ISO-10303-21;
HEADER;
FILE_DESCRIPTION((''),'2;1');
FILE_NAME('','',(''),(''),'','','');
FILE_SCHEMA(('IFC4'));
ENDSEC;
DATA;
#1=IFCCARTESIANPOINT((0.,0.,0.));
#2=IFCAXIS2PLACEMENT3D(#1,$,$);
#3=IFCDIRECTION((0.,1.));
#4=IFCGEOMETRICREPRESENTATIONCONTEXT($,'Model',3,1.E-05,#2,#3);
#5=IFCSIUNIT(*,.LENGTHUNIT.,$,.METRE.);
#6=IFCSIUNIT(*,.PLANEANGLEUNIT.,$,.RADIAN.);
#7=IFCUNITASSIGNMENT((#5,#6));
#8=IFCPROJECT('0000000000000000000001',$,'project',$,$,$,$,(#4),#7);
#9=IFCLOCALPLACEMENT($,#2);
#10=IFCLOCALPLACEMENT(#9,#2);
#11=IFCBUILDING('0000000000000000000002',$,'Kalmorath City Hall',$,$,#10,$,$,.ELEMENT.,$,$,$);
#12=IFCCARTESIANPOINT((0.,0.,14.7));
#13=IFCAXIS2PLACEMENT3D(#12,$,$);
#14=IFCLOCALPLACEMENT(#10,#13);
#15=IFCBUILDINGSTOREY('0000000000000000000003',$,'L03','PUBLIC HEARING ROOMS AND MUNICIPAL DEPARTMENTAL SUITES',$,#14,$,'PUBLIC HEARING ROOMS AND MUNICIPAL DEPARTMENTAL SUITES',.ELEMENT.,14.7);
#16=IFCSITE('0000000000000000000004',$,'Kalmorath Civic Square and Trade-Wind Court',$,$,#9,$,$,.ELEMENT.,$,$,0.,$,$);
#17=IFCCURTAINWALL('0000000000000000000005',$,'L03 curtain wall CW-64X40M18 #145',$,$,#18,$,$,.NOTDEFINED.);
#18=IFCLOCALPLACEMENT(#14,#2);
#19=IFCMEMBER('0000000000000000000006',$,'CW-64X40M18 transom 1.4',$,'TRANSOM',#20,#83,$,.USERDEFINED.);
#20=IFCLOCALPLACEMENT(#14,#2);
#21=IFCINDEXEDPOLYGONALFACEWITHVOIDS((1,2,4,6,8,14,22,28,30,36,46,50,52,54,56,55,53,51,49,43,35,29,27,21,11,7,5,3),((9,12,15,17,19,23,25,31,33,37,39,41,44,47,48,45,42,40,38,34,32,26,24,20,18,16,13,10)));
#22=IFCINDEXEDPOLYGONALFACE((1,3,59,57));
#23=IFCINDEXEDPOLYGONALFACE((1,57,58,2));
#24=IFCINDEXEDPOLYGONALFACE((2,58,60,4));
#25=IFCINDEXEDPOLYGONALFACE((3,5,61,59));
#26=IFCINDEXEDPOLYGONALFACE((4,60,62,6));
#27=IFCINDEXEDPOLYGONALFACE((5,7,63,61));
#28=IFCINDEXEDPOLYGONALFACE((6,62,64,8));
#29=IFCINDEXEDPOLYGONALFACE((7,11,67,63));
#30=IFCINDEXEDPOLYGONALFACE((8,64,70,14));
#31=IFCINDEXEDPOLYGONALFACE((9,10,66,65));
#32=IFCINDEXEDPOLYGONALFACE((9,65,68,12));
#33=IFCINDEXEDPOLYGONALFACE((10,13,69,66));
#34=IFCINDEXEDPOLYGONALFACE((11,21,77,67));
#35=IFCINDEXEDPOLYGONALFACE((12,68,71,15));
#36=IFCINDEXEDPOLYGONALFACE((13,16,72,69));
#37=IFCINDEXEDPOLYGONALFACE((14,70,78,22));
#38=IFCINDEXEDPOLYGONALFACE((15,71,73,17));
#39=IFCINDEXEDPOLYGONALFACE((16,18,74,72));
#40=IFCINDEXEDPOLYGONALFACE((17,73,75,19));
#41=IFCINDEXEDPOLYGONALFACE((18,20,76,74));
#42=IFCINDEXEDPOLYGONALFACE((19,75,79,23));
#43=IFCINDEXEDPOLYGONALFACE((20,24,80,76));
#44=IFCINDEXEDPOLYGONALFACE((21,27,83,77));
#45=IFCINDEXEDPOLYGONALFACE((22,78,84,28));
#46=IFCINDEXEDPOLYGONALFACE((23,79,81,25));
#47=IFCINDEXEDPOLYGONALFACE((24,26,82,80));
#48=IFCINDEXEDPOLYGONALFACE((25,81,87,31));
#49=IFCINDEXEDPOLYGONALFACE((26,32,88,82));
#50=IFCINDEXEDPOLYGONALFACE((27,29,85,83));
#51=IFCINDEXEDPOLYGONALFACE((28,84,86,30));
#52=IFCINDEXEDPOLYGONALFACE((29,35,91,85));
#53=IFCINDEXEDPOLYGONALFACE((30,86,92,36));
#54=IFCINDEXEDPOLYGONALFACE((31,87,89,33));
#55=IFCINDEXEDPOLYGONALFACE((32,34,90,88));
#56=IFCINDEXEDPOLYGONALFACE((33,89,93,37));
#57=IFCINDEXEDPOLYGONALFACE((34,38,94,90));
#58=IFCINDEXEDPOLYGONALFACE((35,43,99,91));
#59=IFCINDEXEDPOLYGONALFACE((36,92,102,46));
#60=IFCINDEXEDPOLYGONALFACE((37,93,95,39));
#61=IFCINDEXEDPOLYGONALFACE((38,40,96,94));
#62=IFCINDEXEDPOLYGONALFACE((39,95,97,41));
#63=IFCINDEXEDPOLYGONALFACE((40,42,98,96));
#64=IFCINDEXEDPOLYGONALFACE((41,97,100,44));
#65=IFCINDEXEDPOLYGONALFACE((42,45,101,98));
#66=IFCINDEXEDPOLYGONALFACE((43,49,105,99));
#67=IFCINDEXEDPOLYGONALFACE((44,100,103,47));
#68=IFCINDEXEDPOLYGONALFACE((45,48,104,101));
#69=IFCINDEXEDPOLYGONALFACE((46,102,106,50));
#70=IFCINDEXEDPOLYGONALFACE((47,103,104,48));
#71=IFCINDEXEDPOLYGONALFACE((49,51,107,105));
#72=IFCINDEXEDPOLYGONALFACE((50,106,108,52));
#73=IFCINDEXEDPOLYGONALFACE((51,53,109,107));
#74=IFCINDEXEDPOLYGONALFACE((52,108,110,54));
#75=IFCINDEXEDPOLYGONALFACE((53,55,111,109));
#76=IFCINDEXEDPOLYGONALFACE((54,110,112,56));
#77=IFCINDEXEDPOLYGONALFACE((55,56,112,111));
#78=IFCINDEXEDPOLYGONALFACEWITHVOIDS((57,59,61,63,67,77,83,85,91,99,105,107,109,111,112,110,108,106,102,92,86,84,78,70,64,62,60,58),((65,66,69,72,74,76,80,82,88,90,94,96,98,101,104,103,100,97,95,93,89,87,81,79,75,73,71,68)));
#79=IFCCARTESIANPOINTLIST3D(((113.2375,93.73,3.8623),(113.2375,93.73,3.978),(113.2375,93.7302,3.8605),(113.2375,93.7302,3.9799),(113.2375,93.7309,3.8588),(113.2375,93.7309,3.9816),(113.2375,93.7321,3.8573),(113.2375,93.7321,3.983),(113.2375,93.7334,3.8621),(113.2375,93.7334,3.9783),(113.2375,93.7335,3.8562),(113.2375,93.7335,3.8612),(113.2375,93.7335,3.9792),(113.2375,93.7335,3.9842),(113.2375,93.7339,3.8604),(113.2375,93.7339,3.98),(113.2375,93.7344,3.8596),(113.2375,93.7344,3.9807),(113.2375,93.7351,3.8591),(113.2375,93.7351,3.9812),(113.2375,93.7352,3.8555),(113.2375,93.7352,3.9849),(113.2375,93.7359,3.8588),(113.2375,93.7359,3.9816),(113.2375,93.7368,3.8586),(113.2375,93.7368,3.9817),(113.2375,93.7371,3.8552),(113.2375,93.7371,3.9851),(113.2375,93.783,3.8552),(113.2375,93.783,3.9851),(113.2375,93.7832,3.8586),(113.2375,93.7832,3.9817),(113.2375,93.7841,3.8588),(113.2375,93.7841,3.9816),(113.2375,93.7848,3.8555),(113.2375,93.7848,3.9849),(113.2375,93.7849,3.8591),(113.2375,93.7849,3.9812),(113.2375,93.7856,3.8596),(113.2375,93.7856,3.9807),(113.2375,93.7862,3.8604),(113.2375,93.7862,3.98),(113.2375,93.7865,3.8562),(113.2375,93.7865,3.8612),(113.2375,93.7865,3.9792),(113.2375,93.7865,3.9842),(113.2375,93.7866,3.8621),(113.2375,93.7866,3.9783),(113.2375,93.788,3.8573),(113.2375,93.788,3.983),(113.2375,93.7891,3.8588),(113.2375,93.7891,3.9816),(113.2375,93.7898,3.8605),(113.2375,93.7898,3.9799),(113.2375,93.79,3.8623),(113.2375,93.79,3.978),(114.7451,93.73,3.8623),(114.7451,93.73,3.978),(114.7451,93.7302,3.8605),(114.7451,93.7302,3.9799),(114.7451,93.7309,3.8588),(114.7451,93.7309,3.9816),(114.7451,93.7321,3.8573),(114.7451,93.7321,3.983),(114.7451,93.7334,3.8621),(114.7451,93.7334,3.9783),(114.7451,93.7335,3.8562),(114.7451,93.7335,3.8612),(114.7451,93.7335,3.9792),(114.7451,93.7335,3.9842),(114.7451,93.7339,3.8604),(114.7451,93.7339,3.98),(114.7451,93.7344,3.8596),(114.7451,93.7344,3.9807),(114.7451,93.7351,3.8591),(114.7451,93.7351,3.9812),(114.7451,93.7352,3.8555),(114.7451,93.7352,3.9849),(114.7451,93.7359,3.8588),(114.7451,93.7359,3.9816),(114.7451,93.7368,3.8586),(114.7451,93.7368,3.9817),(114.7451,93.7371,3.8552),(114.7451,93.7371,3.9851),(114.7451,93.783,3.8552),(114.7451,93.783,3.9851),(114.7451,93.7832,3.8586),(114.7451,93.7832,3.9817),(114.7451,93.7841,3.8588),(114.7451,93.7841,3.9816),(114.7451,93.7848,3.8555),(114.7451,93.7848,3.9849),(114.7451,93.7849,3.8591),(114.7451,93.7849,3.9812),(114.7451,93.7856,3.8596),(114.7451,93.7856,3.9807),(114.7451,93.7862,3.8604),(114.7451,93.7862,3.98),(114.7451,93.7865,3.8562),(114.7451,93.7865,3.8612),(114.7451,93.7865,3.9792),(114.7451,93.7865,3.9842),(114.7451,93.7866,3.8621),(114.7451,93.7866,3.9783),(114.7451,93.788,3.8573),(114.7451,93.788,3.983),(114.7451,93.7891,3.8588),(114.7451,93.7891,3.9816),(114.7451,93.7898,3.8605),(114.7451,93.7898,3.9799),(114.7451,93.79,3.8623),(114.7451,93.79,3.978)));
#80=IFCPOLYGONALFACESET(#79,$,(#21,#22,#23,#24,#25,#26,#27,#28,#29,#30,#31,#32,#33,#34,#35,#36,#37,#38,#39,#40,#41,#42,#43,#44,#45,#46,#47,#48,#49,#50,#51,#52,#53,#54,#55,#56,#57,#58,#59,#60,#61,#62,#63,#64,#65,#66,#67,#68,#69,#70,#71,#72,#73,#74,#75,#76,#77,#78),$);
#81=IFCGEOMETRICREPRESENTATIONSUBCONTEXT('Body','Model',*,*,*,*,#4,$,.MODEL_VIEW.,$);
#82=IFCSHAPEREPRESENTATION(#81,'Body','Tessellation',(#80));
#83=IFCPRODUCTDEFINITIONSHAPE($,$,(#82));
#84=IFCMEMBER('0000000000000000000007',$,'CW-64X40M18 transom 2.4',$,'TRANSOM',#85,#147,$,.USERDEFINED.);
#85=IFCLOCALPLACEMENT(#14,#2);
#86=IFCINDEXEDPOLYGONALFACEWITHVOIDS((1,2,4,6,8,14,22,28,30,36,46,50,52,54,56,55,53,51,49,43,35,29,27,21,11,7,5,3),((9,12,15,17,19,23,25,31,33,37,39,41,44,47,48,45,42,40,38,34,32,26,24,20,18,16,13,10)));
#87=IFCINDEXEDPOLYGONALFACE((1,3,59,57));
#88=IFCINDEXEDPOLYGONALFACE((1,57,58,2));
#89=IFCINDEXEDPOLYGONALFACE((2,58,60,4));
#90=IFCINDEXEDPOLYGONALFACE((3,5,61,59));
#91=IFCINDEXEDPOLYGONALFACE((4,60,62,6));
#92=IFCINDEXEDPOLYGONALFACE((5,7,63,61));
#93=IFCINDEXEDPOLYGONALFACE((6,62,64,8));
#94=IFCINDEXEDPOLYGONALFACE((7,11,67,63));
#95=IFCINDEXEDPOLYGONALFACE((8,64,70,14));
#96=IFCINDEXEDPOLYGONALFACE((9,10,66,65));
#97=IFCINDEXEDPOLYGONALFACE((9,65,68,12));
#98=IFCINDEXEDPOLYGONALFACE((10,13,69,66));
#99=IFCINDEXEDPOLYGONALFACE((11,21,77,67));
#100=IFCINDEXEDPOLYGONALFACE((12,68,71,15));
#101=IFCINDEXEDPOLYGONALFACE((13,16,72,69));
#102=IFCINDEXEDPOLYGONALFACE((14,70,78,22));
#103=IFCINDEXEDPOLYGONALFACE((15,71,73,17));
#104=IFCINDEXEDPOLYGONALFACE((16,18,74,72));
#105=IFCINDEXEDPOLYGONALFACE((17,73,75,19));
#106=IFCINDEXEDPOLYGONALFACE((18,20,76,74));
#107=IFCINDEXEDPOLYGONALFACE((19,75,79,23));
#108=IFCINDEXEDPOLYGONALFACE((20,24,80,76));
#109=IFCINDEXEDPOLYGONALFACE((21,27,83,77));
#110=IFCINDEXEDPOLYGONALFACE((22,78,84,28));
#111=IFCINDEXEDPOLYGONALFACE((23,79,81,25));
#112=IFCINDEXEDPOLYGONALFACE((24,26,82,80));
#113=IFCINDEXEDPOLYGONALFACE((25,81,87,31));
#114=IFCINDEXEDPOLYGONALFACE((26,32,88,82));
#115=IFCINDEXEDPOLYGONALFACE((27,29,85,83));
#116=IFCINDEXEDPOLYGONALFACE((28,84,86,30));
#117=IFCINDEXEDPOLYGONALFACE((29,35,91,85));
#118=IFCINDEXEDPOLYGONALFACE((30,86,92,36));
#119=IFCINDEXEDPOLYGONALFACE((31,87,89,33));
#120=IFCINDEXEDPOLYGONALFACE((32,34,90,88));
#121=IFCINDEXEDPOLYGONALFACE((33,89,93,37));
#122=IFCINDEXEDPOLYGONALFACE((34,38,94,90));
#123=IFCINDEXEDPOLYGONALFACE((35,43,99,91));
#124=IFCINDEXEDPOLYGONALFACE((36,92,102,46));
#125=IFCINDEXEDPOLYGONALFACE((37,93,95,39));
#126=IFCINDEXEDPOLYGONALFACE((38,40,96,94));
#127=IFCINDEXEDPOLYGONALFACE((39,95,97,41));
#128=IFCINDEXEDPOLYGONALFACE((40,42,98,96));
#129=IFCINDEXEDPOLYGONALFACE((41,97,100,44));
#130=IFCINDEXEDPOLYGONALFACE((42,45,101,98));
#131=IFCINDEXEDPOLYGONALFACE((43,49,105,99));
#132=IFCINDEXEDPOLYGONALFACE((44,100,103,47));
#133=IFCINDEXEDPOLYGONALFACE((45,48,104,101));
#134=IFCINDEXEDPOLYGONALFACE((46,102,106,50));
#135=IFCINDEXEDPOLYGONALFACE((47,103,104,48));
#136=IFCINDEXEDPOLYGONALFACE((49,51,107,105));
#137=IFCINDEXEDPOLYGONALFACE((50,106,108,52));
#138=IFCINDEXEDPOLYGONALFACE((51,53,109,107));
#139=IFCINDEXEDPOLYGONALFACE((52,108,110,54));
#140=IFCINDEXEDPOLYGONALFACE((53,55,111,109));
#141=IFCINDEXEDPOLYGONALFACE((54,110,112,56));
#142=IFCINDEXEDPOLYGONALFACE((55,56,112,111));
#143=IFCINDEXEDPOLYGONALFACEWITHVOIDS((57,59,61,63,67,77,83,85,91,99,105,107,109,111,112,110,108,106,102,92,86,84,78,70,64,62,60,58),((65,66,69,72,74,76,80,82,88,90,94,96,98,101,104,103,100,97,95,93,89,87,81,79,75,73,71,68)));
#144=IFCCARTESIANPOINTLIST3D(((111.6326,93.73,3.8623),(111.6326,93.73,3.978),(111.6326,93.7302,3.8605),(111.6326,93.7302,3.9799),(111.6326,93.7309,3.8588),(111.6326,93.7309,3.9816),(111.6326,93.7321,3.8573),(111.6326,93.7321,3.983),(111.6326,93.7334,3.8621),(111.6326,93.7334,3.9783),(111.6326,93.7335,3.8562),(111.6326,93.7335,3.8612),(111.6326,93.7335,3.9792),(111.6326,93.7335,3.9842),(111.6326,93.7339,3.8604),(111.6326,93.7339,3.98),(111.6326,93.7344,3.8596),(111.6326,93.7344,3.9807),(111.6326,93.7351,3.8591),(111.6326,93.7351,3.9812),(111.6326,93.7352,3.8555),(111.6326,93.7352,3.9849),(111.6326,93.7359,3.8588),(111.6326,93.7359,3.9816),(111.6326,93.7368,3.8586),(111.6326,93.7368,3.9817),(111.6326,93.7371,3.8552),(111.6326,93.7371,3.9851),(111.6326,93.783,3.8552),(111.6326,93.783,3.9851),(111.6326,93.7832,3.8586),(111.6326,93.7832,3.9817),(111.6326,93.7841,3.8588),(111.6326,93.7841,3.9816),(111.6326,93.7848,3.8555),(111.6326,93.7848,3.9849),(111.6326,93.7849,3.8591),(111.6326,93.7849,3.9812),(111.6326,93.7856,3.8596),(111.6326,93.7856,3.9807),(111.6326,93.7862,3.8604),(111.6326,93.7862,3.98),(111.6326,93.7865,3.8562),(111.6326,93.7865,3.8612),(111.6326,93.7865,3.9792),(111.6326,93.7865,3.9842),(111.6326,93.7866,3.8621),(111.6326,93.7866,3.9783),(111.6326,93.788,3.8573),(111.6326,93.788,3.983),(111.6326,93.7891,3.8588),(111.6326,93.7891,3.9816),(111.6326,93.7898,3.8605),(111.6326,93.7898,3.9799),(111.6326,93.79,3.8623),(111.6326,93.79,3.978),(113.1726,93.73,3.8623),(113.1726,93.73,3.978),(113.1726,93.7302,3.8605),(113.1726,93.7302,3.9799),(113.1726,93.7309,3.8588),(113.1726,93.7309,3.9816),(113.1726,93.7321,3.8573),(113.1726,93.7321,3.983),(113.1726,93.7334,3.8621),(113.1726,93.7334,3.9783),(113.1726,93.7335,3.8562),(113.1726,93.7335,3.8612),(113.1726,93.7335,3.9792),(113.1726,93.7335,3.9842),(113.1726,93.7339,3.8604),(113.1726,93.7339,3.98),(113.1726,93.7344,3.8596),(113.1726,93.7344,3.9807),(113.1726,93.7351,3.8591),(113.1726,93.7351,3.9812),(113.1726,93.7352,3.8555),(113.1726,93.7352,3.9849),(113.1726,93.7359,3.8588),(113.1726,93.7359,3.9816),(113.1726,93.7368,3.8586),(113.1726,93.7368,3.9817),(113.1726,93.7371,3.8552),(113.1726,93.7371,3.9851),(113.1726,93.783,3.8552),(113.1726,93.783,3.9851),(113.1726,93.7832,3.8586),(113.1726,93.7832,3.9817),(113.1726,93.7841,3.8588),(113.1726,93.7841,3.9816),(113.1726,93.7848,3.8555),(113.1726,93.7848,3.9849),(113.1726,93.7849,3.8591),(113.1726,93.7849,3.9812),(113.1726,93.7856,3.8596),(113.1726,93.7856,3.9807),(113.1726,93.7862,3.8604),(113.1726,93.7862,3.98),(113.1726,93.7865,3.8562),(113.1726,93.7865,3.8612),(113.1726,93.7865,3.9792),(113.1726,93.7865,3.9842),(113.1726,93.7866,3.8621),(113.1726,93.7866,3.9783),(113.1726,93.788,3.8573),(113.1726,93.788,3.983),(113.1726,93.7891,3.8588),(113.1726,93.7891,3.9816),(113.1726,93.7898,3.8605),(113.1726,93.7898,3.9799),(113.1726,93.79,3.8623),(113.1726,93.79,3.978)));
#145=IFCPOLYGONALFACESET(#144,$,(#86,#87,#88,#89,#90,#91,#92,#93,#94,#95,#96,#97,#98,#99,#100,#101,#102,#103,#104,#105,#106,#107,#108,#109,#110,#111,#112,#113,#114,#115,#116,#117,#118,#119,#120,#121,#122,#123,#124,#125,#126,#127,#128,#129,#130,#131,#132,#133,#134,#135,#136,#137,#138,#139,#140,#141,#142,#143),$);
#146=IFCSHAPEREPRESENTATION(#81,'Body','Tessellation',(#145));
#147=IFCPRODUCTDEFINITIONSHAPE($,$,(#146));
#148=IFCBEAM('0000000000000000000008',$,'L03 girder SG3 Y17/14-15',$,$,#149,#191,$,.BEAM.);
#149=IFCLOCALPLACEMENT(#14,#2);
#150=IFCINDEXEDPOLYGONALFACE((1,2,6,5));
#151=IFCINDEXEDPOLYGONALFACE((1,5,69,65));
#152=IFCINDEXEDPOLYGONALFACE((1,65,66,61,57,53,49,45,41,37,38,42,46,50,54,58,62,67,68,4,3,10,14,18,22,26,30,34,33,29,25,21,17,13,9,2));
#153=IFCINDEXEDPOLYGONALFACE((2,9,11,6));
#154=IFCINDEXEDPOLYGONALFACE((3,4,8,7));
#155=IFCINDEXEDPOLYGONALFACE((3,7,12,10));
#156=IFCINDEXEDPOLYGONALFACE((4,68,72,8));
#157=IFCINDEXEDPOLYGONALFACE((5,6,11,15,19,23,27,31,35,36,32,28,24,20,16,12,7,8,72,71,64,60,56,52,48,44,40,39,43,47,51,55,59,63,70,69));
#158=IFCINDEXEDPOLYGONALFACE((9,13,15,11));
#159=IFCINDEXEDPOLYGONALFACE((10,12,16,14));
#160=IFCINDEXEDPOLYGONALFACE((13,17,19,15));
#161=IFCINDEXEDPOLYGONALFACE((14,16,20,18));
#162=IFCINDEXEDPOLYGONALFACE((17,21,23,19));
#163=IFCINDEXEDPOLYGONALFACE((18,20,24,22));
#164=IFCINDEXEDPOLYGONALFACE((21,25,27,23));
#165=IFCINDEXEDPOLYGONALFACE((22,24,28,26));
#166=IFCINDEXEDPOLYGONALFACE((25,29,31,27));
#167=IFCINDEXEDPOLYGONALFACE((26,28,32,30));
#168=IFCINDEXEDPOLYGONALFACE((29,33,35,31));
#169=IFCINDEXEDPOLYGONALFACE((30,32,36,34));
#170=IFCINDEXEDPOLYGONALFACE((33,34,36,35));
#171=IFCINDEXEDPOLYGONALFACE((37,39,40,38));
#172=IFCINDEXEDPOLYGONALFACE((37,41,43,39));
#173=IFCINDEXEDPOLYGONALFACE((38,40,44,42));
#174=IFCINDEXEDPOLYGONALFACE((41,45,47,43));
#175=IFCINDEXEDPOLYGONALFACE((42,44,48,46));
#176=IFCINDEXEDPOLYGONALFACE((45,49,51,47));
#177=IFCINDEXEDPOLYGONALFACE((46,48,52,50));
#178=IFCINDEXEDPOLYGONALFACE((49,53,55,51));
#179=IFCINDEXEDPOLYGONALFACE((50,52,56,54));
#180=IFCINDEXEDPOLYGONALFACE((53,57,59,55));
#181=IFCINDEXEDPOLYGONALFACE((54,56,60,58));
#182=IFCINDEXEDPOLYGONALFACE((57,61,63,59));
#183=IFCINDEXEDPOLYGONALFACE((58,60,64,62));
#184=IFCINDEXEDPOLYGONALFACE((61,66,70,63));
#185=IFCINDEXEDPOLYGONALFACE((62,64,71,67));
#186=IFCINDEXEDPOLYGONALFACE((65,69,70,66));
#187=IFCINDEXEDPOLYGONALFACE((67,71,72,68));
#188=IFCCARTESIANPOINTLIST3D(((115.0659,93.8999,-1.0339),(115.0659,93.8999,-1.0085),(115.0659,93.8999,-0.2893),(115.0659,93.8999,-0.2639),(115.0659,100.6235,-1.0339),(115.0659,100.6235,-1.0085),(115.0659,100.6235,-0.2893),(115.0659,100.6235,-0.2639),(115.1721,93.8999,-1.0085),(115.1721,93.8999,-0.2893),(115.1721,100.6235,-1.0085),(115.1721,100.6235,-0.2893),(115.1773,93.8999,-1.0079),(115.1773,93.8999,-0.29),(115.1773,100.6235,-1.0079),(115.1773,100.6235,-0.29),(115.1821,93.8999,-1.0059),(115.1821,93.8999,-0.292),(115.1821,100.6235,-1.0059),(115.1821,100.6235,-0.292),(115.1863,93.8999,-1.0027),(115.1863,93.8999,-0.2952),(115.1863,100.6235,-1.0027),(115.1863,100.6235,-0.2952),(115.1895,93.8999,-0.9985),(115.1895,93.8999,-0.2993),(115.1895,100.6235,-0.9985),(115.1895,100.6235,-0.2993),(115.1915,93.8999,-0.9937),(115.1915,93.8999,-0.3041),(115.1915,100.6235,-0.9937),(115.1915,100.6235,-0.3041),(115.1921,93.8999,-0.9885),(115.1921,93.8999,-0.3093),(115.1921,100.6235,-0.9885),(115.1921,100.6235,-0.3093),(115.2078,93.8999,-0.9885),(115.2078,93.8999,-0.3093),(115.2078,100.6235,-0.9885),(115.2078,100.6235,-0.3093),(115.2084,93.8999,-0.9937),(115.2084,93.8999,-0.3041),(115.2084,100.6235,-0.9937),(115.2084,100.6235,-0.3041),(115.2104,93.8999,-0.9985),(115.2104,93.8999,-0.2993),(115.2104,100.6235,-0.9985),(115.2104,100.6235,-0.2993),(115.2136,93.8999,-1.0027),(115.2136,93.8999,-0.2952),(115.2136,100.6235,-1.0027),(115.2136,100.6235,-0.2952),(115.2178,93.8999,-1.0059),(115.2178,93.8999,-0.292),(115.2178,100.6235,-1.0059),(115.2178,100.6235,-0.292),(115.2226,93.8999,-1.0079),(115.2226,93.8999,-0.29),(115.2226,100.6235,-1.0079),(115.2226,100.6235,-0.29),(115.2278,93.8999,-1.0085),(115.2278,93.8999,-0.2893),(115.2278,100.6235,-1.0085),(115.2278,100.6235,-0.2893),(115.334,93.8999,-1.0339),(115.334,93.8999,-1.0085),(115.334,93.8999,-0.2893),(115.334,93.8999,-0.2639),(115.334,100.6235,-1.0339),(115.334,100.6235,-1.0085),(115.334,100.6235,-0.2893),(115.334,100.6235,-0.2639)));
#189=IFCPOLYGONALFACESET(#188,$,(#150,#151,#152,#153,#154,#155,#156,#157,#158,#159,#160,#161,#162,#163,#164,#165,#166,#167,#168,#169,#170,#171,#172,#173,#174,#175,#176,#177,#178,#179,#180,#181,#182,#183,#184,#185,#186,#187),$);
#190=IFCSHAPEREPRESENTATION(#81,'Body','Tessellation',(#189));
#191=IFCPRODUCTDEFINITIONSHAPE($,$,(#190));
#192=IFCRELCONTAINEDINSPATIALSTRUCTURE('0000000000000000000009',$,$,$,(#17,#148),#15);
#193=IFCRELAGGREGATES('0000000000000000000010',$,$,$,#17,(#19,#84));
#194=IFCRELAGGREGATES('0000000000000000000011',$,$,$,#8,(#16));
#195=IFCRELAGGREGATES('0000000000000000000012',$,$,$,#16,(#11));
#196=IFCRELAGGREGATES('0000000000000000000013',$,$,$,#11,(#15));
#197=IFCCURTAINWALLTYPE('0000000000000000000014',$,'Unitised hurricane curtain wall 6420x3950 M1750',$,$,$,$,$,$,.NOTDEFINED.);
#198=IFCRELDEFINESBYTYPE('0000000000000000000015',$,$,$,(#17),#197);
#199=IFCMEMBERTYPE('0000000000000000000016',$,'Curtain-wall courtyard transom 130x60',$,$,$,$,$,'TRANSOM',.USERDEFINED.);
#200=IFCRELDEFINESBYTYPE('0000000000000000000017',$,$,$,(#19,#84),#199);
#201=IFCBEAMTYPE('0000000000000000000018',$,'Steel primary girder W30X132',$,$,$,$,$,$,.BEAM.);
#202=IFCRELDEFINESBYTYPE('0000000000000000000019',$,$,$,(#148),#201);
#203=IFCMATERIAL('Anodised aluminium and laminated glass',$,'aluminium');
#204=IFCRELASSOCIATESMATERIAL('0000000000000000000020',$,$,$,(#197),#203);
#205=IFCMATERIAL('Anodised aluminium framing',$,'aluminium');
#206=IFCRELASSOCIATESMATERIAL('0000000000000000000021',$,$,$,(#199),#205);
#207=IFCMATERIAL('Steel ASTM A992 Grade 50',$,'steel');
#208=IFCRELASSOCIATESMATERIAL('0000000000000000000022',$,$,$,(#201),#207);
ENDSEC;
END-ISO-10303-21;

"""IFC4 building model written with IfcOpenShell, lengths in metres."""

from ifc_helpers import new_model, si_unit, direction, frame, origin, origin_2d, place, context, subcontext, project, spatial, hollow_rectangle, i_section, extrude, material, material_profile, profile_set, type_object, element, aggregate, save


model = new_model("IFC4")

# Units and contexts
model_context = context("Model", 3, precision=1e-05, world=origin(), true_north=direction((0.0, 1.0)))
body_context = subcontext(model_context, "Body", "Model", "MODEL_VIEW")
ifc_project = project(units=[si_unit("LENGTHUNIT", "METRE"), si_unit("PLANEANGLEUNIT", "RADIAN")], contexts=[model_context])

# Site, building, storey
site_placement = place(None, origin())
site = spatial("IfcSite", under=ifc_project, at=site_placement, Name="Kalmorath Civic Square and Trade-Wind Court", CompositionType="ELEMENT", RefElevation=0.0)
building_placement = place(site_placement, origin())
building = spatial("IfcBuilding", under=site, at=building_placement, Name="Kalmorath City Hall", CompositionType="ELEMENT")
storey_placement = place(building_placement, frame((0.0, 0.0, 14.7)))
storey = spatial("IfcBuildingStorey", under=building, at=storey_placement, Name="L03", Description="PUBLIC HEARING ROOMS AND MUNICIPAL DEPARTMENTAL SUITES", LongName="PUBLIC HEARING ROOMS AND MUNICIPAL DEPARTMENTAL SUITES", CompositionType="ELEMENT", Elevation=14.7)

# Curtain wall, members
ifc_material_1 = material(Name="Anodised aluminium and laminated glass", Category="aluminium")
curtain_wall_type = type_object("IfcCurtainWallType", Name="Unitised hurricane curtain wall 6420x3950 M1750", PredefinedType="NOTDEFINED", material=ifc_material_1)
curtain_wall_placement = place(storey_placement, origin())
curtain_wall = element("IfcCurtainWall", 1, at=curtain_wall_placement, inside=storey, type_object=curtain_wall_type, Name="L03 curtain wall CW-64X40M18 #145", PredefinedType="NOTDEFINED")
ifc_material_2 = material(Name="Anodised aluminium framing", Category="aluminium")
ifc_material_profile_1 = material_profile(ifc_material_2, hollow_rectangle(XDim=0.0601, YDim=0.1299, WallThickness=0.0034, InnerFilletRadius=0.0034, OuterFilletRadius=0.0071, at=origin_2d()), Name="ALU-TRN-130X60X3.5")
ifc_profile_set_1 = profile_set([ifc_material_profile_1], Name="Anodised aluminium framing")
member_type_1 = type_object("IfcMemberType", Name="Curtain-wall courtyard transom 130x60", ElementType="TRANSOM", PredefinedType="USERDEFINED", material=ifc_profile_set_1)
member_1_placement = place(storey_placement, frame((114.7451, 93.76, 3.9202), z_axis=(-1.0, 0.0, 0.0), x_axis=(0.0, -1.0, 0.0)))
member_1 = element("IfcMember", 2, at=member_1_placement, type_object=member_type_1, Name="CW-64X40M18 transom 1.4", ObjectType="TRANSOM", PredefinedType="USERDEFINED", context=body_context, shape_type="SweptSolid", body=[
    extrude(hollow_rectangle(XDim=0.0601, YDim=0.1299, WallThickness=0.0034, InnerFilletRadius=0.0034, OuterFilletRadius=0.0071, at=origin_2d()), origin(), (0.0, 0.0, 1.0), 1.5076),
])
member_2_placement = place(storey_placement, frame((113.1726, 93.76, 3.9202), z_axis=(-1.0, 0.0, 0.0), x_axis=(0.0, -1.0, 0.0)))
member_2 = element("IfcMember", 3, at=member_2_placement, type_object=member_type_1, Name="CW-64X40M18 transom 2.4", ObjectType="TRANSOM", PredefinedType="USERDEFINED", context=body_context, shape_type="SweptSolid", body=[
    extrude(hollow_rectangle(XDim=0.0601, YDim=0.1299, WallThickness=0.0034, InnerFilletRadius=0.0034, OuterFilletRadius=0.0071, at=origin_2d()), origin(), (0.0, 0.0, 1.0), 1.54),
])

# Beam
ifc_material_3 = material(Name="Steel ASTM A992 Grade 50", Category="steel")
ifc_material_profile_2 = material_profile(ifc_material_3, i_section(OverallWidth=0.2681, OverallDepth=0.77, WebThickness=0.0156, FlangeThickness=0.0254, FilletRadius=0.02, at=origin_2d()), Name="W30X132")
ifc_profile_set_2 = profile_set([ifc_material_profile_2], Name="Steel ASTM A992 Grade 50")
beam_type = type_object("IfcBeamType", Name="Steel primary girder W30X132", PredefinedType="BEAM", material=ifc_profile_set_2)
beam_1_placement = place(storey_placement, frame((115.2, 93.8999, -0.6489), z_axis=(0.0, 1.0, 0.0), x_axis=(-1.0, 0.0, 0.0)))
element("IfcBeam", 4, at=beam_1_placement, inside=storey, type_object=beam_type, Name="L03 girder SG3 Y17/14-15", PredefinedType="BEAM", context=body_context, shape_type="SweptSolid", body=[
    extrude(i_section(OverallWidth=0.2681, OverallDepth=0.77, WebThickness=0.0156, FlangeThickness=0.0254, FilletRadius=0.02, at=origin_2d()), origin(), (0.0, 0.0, 1.0), 6.7236),
])

aggregate(curtain_wall, [member_1, member_2])

save(model, "model.ifc")
